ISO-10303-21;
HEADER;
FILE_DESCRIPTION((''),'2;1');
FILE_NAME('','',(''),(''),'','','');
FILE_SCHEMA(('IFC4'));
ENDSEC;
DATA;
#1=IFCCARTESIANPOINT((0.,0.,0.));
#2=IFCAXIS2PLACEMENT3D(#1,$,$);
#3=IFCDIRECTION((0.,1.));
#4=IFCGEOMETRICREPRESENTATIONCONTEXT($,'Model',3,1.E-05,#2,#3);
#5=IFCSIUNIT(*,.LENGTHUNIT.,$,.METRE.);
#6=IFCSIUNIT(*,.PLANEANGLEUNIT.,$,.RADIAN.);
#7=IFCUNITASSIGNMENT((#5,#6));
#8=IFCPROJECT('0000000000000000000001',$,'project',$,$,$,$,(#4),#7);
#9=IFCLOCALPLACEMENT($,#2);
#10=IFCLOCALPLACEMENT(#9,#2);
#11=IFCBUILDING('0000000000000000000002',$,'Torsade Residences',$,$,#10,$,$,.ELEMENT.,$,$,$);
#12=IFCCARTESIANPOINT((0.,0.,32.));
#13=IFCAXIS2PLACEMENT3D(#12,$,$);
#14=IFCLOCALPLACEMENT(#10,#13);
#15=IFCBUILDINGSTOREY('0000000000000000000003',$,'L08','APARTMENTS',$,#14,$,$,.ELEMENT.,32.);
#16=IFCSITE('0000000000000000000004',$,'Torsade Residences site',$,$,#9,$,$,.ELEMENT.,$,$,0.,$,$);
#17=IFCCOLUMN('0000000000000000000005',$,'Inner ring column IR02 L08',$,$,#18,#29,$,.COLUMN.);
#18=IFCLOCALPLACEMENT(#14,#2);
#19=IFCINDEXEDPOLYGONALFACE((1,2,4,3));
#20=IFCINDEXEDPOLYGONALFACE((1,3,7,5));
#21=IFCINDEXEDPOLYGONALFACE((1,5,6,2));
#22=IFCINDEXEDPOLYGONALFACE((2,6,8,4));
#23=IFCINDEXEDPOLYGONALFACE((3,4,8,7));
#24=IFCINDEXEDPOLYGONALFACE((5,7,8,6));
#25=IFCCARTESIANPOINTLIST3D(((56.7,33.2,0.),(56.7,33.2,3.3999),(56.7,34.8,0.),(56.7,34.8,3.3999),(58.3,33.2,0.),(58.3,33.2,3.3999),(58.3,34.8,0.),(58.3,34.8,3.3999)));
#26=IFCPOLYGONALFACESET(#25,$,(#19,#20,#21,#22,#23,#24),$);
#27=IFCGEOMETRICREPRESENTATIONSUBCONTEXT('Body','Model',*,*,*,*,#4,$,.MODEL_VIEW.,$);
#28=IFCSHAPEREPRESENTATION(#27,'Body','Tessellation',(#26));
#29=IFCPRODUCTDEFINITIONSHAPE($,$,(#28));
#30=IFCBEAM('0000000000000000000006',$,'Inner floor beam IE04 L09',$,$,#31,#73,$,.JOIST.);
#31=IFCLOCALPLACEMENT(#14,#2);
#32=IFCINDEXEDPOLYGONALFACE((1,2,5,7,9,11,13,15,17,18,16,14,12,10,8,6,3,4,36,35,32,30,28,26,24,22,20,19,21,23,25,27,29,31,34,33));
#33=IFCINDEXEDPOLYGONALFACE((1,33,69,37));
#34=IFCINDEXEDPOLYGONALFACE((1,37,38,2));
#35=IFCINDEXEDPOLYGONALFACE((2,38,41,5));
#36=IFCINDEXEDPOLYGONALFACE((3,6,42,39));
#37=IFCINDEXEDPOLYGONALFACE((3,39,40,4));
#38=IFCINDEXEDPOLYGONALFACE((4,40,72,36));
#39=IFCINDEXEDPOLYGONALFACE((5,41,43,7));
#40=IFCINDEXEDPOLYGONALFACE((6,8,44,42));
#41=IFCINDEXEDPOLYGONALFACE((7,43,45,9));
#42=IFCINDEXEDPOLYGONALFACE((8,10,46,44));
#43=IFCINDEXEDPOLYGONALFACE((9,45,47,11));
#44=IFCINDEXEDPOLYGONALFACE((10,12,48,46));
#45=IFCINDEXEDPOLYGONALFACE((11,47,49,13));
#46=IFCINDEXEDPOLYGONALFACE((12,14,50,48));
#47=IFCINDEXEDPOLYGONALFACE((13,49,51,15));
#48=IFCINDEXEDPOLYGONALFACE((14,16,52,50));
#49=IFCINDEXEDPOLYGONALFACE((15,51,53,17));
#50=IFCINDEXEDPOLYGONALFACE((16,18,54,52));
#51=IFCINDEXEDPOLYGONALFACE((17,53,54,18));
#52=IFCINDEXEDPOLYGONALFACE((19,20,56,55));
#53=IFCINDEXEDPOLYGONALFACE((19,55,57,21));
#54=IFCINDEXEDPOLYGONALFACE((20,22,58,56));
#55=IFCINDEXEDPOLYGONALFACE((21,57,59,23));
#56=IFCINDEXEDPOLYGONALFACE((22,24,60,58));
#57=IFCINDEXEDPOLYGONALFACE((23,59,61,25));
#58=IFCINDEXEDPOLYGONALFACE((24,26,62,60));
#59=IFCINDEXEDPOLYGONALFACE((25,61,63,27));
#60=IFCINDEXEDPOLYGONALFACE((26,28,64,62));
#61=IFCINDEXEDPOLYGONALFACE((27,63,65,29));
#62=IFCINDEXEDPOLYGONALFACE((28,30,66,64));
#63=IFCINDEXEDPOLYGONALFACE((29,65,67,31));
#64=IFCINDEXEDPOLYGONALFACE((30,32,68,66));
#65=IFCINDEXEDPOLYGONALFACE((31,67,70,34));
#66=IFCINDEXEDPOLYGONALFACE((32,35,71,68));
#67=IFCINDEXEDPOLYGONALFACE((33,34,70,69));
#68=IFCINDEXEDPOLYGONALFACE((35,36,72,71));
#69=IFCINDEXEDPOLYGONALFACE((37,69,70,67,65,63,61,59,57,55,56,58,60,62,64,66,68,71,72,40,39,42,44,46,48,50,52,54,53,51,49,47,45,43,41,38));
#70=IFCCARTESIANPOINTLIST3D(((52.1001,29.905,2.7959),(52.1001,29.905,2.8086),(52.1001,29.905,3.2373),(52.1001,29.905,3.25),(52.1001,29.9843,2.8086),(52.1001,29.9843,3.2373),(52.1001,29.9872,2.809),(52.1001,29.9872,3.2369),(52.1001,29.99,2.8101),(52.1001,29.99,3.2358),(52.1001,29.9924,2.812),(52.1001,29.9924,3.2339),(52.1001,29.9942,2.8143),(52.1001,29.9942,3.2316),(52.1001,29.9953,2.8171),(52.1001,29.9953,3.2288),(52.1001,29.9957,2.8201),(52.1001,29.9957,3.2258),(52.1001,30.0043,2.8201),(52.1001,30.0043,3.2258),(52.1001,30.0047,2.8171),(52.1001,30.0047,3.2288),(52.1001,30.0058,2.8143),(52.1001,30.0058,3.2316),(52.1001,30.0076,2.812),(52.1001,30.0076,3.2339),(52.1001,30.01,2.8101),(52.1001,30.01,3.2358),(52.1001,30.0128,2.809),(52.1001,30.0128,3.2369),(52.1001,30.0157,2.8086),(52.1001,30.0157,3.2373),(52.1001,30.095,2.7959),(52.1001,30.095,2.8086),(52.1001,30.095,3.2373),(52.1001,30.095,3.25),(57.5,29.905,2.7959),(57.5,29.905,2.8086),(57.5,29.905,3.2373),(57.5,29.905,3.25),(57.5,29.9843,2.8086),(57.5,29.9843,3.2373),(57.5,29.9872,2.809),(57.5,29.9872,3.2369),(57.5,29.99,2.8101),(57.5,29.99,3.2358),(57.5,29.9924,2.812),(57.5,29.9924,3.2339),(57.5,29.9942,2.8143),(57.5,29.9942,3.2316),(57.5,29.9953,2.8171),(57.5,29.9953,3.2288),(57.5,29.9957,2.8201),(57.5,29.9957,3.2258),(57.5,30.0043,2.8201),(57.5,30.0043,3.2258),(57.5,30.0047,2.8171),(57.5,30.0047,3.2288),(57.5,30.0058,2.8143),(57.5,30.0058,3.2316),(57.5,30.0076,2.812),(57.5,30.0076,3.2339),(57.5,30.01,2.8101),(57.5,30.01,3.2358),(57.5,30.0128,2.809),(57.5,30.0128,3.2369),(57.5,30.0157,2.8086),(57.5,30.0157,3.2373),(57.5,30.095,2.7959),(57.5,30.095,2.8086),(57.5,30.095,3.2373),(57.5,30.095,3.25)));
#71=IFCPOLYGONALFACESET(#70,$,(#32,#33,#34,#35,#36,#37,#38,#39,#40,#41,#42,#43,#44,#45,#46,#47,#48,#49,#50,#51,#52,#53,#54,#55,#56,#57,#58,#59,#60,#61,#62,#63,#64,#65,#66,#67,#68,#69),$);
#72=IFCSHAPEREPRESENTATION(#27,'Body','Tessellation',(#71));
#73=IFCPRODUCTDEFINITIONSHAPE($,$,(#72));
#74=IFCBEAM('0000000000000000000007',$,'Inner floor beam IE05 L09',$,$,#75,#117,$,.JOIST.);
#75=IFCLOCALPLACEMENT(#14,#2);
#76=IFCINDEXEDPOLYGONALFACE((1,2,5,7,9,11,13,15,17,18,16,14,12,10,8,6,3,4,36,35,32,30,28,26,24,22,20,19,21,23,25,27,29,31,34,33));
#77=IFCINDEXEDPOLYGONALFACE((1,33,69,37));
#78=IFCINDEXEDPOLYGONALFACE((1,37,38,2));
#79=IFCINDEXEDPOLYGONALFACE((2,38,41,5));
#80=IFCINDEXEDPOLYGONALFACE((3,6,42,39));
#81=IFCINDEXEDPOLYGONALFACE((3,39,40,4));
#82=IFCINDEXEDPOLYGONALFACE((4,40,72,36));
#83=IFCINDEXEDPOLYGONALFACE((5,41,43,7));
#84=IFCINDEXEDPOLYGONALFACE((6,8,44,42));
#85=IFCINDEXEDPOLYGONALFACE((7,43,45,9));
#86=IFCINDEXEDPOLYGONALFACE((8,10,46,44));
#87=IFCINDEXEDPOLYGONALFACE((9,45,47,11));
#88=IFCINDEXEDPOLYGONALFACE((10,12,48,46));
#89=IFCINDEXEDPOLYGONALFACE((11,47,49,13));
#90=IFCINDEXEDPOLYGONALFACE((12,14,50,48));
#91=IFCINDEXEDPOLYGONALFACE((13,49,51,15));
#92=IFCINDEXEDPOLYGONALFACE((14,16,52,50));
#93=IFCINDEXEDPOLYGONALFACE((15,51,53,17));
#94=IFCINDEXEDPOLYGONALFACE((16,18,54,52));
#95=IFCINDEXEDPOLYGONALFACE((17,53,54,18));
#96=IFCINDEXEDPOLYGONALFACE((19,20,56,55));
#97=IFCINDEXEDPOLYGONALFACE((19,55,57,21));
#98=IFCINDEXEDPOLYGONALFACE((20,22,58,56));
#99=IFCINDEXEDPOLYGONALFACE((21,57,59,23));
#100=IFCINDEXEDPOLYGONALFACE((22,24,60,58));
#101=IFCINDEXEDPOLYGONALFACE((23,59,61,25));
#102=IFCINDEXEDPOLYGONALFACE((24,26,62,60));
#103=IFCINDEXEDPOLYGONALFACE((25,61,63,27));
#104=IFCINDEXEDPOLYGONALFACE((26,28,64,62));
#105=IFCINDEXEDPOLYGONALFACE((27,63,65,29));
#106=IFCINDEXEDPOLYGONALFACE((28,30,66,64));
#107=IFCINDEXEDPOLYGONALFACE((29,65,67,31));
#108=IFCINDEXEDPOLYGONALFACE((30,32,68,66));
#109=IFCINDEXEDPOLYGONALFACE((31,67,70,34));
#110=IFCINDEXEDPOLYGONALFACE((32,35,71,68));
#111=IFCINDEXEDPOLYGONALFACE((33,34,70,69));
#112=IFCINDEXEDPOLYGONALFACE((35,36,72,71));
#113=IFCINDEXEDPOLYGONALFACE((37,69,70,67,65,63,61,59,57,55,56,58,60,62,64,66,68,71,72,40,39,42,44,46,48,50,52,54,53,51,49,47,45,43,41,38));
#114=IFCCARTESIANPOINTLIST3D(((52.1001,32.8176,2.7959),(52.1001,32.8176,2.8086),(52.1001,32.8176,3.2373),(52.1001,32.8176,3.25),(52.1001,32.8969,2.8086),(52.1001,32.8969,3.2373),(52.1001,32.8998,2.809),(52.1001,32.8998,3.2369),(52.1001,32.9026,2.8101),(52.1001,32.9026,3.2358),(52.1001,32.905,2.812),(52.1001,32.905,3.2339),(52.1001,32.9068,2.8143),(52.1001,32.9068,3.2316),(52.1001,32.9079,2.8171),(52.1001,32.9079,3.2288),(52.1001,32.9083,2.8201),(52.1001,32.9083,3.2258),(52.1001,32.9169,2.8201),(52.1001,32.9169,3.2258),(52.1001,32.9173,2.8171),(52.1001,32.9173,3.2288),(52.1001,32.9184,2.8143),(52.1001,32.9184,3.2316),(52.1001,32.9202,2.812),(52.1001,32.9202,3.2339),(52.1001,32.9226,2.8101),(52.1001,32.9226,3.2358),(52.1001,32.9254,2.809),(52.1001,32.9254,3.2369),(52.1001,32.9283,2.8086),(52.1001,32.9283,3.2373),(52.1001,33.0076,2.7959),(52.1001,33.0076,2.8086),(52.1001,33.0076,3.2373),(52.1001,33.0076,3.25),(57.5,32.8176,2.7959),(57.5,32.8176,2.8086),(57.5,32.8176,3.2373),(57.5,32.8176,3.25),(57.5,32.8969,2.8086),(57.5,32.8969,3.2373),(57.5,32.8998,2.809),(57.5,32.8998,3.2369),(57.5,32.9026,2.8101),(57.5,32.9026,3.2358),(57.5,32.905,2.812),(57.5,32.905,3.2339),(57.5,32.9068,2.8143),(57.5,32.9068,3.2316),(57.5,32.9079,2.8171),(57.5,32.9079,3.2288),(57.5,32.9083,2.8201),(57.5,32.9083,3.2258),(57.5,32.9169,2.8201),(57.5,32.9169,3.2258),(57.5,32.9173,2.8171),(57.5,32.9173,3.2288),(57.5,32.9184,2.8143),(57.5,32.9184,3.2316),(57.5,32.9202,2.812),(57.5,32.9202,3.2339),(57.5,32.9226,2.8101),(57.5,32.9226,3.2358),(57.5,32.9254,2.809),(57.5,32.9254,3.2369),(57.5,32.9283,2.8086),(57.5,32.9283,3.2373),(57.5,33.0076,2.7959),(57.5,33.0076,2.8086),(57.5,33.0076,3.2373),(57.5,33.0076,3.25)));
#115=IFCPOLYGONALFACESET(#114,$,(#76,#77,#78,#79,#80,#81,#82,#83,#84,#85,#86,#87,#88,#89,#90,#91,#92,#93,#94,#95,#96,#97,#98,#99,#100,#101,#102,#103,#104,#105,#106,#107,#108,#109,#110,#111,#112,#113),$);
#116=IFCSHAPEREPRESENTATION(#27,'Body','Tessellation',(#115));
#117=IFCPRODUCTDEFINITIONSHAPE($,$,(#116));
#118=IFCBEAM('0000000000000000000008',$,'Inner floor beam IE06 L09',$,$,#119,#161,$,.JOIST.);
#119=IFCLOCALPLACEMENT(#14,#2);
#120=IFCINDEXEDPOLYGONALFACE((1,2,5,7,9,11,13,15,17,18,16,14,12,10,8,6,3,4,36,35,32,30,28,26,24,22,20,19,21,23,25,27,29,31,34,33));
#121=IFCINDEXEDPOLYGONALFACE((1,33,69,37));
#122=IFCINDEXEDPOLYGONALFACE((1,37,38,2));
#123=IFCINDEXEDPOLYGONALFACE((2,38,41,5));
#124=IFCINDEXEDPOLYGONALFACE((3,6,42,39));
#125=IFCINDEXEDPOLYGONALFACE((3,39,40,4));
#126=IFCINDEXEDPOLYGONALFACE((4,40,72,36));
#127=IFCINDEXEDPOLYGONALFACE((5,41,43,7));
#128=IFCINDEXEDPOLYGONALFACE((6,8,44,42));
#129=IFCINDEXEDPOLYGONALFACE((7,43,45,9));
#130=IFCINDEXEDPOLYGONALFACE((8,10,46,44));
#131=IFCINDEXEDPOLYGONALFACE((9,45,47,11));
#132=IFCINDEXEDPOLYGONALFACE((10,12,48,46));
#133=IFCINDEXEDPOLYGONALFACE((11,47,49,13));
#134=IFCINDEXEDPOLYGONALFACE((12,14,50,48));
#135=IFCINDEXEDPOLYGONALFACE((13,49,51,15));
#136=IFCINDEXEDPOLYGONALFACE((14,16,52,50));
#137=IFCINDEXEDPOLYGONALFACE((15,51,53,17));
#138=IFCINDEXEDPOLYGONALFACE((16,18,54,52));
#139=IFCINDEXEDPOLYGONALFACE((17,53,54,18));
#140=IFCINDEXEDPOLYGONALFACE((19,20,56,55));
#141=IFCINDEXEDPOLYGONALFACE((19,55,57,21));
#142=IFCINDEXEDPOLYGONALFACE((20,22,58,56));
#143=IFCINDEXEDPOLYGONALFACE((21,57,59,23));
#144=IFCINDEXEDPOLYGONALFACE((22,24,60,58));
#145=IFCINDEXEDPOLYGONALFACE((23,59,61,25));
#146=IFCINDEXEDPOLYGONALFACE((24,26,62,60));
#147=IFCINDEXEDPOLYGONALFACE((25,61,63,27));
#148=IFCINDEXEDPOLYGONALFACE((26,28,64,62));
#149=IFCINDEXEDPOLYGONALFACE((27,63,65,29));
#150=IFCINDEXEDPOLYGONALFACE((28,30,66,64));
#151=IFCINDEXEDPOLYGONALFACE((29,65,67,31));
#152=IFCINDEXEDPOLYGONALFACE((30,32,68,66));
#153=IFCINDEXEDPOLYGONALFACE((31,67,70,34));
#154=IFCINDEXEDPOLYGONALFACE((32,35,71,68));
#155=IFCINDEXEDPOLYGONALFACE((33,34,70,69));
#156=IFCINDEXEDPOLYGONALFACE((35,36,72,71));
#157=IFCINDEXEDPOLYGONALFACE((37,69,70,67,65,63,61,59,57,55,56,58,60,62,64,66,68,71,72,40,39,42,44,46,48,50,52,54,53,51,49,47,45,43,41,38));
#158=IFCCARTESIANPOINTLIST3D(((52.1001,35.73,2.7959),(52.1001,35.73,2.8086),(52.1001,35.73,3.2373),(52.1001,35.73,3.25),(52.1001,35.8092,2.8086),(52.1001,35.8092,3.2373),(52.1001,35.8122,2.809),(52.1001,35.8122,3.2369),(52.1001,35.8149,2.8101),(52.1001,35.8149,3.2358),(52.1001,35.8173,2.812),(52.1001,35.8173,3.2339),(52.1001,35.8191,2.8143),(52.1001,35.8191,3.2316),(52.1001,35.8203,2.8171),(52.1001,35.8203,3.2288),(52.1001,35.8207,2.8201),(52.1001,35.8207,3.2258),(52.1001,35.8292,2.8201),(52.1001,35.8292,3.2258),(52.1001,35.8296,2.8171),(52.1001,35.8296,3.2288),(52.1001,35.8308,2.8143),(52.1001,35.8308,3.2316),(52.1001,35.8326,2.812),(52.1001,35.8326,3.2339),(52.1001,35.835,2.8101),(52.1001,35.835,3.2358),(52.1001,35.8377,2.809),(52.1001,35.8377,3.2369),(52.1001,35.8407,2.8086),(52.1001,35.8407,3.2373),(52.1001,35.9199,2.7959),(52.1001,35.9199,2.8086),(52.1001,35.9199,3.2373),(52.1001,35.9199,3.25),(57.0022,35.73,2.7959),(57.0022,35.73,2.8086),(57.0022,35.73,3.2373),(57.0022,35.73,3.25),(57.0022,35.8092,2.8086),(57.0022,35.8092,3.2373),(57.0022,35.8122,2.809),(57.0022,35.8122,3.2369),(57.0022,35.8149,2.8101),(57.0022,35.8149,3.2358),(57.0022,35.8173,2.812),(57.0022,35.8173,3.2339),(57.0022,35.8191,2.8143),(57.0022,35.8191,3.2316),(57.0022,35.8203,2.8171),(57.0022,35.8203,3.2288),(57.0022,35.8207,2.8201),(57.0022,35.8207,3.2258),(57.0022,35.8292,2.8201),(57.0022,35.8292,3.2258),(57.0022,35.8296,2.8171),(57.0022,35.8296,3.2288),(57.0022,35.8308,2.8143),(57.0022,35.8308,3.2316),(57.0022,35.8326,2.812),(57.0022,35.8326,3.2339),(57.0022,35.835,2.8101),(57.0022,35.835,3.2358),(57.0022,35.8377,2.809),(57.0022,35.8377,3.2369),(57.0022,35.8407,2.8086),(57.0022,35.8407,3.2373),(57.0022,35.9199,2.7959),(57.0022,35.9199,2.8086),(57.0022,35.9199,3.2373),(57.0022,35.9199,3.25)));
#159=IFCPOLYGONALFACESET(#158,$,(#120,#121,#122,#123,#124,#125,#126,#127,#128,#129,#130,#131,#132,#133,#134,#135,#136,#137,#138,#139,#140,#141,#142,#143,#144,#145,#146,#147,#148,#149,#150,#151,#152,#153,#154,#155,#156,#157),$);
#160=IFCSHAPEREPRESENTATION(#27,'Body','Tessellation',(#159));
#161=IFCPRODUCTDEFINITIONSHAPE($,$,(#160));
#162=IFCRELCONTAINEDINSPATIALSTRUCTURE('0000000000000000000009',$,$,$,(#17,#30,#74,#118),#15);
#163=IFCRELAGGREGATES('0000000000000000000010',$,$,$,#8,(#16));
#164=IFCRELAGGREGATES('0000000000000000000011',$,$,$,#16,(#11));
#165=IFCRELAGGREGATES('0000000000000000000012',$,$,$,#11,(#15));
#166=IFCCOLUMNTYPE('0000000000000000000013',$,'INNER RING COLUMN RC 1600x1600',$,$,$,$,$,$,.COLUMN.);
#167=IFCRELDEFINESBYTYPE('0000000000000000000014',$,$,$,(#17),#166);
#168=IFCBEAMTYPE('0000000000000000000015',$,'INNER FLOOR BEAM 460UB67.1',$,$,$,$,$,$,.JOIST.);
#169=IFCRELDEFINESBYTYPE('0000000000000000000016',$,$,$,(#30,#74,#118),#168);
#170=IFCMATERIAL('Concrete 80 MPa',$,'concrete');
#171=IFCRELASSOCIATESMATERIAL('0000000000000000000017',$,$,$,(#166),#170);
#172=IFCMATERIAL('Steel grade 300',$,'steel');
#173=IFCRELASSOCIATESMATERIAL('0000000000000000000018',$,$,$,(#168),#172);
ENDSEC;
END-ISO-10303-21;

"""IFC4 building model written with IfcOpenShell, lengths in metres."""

from ifc_helpers import new_model, si_unit, direction, frame, origin, origin_2d, place, context, subcontext, project, spatial, rectangle, i_section, extrude, material, material_profile, profile_set, type_object, element, save


model = new_model("IFC4")

# Units and contexts
model_context = context("Model", 3, precision=1e-05, world=origin(), true_north=direction((0.0, 1.0)))
body_context = subcontext(model_context, "Body", "Model", "MODEL_VIEW")
ifc_project = project(units=[si_unit("LENGTHUNIT", "METRE"), si_unit("PLANEANGLEUNIT", "RADIAN")], contexts=[model_context])

# Site, building, storey
site_placement = place(None, origin())
site = spatial("IfcSite", under=ifc_project, at=site_placement, Name="Torsade Residences site", CompositionType="ELEMENT", RefElevation=0.0)
building_placement = place(site_placement, origin())
building = spatial("IfcBuilding", under=site, at=building_placement, Name="Torsade Residences", CompositionType="ELEMENT")
storey_placement = place(building_placement, frame((0.0, 0.0, 32.0)))
storey = spatial("IfcBuildingStorey", under=building, at=storey_placement, Name="L08", Description="APARTMENTS", CompositionType="ELEMENT", Elevation=32.0)

# Column
ifc_material_1 = material(Name="Concrete 80 MPa", Category="concrete")
ifc_material_profile_1 = material_profile(ifc_material_1, rectangle(XDim=1.6001, YDim=1.6001, at=origin_2d()), Name="RC 1600x1600")
ifc_profile_set_1 = profile_set([ifc_material_profile_1], Name="Concrete 80 MPa")
column_type = type_object("IfcColumnType", Name="INNER RING COLUMN RC 1600x1600", PredefinedType="COLUMN", material=ifc_profile_set_1)
column_placement = place(storey_placement, frame((57.5, 34.0, 0.0), z_axis=(0.0, 0.0, 1.0), x_axis=(1.0, 0.0, 0.0)))
element("IfcColumn", 1, at=column_placement, inside=storey, type_object=column_type, Name="Inner ring column IR02 L08", PredefinedType="COLUMN", context=body_context, shape_type="SweptSolid", body=[
    extrude(rectangle(XDim=1.6001, YDim=1.6001, at=origin_2d()), origin(), (0.0, 0.0, 1.0), 3.3999),
])

# Beams
ifc_material_2 = material(Name="Steel grade 300", Category="steel")
ifc_material_profile_2 = material_profile(ifc_material_2, i_section(OverallWidth=0.1899, OverallDepth=0.4541, WebThickness=0.0085, FlangeThickness=0.0127, FilletRadius=0.0115, at=origin_2d()), Name="460UB67.1")
ifc_profile_set_2 = profile_set([ifc_material_profile_2], Name="Steel grade 300")
beam_type = type_object("IfcBeamType", Name="INNER FLOOR BEAM 460UB67.1", PredefinedType="JOIST", material=ifc_profile_set_2)
for number, where, z_axis, x_axis, name in (
    (2, (52.1001, 30.0, 3.0229), (1.0, 0.0, 0.0), (0.0, 1.0, 0.0), "Inner floor beam IE04 L09"),
    (3, (52.1001, 32.9126, 3.0229), (1.0, 0.0, 0.0), (0.0, 1.0, 0.0), "Inner floor beam IE05 L09"),
):
    element("IfcBeam", number, at=place(storey_placement, frame(where, z_axis=z_axis, x_axis=x_axis)), inside=storey, type_object=beam_type, Name=name, PredefinedType="JOIST", context=body_context, shape_type="SweptSolid", body=[
        extrude(i_section(OverallWidth=0.1899, OverallDepth=0.4541, WebThickness=0.0085, FlangeThickness=0.0127, FilletRadius=0.0115, at=origin_2d()), origin(), (0.0, 0.0, 1.0), 5.3999),
    ])
beam_1_placement = place(storey_placement, frame((52.1001, 35.825, 3.0229), z_axis=(1.0, 0.0, 0.0), x_axis=(0.0, 1.0, 0.0)))
element("IfcBeam", 4, at=beam_1_placement, inside=storey, type_object=beam_type, Name="Inner floor beam IE06 L09", PredefinedType="JOIST", context=body_context, shape_type="SweptSolid", body=[
    extrude(i_section(OverallWidth=0.1899, OverallDepth=0.4541, WebThickness=0.0085, FlangeThickness=0.0127, FilletRadius=0.0115, at=origin_2d()), origin(), (0.0, 0.0, 1.0), 4.9021),
])

save(model, "model.ifc")
